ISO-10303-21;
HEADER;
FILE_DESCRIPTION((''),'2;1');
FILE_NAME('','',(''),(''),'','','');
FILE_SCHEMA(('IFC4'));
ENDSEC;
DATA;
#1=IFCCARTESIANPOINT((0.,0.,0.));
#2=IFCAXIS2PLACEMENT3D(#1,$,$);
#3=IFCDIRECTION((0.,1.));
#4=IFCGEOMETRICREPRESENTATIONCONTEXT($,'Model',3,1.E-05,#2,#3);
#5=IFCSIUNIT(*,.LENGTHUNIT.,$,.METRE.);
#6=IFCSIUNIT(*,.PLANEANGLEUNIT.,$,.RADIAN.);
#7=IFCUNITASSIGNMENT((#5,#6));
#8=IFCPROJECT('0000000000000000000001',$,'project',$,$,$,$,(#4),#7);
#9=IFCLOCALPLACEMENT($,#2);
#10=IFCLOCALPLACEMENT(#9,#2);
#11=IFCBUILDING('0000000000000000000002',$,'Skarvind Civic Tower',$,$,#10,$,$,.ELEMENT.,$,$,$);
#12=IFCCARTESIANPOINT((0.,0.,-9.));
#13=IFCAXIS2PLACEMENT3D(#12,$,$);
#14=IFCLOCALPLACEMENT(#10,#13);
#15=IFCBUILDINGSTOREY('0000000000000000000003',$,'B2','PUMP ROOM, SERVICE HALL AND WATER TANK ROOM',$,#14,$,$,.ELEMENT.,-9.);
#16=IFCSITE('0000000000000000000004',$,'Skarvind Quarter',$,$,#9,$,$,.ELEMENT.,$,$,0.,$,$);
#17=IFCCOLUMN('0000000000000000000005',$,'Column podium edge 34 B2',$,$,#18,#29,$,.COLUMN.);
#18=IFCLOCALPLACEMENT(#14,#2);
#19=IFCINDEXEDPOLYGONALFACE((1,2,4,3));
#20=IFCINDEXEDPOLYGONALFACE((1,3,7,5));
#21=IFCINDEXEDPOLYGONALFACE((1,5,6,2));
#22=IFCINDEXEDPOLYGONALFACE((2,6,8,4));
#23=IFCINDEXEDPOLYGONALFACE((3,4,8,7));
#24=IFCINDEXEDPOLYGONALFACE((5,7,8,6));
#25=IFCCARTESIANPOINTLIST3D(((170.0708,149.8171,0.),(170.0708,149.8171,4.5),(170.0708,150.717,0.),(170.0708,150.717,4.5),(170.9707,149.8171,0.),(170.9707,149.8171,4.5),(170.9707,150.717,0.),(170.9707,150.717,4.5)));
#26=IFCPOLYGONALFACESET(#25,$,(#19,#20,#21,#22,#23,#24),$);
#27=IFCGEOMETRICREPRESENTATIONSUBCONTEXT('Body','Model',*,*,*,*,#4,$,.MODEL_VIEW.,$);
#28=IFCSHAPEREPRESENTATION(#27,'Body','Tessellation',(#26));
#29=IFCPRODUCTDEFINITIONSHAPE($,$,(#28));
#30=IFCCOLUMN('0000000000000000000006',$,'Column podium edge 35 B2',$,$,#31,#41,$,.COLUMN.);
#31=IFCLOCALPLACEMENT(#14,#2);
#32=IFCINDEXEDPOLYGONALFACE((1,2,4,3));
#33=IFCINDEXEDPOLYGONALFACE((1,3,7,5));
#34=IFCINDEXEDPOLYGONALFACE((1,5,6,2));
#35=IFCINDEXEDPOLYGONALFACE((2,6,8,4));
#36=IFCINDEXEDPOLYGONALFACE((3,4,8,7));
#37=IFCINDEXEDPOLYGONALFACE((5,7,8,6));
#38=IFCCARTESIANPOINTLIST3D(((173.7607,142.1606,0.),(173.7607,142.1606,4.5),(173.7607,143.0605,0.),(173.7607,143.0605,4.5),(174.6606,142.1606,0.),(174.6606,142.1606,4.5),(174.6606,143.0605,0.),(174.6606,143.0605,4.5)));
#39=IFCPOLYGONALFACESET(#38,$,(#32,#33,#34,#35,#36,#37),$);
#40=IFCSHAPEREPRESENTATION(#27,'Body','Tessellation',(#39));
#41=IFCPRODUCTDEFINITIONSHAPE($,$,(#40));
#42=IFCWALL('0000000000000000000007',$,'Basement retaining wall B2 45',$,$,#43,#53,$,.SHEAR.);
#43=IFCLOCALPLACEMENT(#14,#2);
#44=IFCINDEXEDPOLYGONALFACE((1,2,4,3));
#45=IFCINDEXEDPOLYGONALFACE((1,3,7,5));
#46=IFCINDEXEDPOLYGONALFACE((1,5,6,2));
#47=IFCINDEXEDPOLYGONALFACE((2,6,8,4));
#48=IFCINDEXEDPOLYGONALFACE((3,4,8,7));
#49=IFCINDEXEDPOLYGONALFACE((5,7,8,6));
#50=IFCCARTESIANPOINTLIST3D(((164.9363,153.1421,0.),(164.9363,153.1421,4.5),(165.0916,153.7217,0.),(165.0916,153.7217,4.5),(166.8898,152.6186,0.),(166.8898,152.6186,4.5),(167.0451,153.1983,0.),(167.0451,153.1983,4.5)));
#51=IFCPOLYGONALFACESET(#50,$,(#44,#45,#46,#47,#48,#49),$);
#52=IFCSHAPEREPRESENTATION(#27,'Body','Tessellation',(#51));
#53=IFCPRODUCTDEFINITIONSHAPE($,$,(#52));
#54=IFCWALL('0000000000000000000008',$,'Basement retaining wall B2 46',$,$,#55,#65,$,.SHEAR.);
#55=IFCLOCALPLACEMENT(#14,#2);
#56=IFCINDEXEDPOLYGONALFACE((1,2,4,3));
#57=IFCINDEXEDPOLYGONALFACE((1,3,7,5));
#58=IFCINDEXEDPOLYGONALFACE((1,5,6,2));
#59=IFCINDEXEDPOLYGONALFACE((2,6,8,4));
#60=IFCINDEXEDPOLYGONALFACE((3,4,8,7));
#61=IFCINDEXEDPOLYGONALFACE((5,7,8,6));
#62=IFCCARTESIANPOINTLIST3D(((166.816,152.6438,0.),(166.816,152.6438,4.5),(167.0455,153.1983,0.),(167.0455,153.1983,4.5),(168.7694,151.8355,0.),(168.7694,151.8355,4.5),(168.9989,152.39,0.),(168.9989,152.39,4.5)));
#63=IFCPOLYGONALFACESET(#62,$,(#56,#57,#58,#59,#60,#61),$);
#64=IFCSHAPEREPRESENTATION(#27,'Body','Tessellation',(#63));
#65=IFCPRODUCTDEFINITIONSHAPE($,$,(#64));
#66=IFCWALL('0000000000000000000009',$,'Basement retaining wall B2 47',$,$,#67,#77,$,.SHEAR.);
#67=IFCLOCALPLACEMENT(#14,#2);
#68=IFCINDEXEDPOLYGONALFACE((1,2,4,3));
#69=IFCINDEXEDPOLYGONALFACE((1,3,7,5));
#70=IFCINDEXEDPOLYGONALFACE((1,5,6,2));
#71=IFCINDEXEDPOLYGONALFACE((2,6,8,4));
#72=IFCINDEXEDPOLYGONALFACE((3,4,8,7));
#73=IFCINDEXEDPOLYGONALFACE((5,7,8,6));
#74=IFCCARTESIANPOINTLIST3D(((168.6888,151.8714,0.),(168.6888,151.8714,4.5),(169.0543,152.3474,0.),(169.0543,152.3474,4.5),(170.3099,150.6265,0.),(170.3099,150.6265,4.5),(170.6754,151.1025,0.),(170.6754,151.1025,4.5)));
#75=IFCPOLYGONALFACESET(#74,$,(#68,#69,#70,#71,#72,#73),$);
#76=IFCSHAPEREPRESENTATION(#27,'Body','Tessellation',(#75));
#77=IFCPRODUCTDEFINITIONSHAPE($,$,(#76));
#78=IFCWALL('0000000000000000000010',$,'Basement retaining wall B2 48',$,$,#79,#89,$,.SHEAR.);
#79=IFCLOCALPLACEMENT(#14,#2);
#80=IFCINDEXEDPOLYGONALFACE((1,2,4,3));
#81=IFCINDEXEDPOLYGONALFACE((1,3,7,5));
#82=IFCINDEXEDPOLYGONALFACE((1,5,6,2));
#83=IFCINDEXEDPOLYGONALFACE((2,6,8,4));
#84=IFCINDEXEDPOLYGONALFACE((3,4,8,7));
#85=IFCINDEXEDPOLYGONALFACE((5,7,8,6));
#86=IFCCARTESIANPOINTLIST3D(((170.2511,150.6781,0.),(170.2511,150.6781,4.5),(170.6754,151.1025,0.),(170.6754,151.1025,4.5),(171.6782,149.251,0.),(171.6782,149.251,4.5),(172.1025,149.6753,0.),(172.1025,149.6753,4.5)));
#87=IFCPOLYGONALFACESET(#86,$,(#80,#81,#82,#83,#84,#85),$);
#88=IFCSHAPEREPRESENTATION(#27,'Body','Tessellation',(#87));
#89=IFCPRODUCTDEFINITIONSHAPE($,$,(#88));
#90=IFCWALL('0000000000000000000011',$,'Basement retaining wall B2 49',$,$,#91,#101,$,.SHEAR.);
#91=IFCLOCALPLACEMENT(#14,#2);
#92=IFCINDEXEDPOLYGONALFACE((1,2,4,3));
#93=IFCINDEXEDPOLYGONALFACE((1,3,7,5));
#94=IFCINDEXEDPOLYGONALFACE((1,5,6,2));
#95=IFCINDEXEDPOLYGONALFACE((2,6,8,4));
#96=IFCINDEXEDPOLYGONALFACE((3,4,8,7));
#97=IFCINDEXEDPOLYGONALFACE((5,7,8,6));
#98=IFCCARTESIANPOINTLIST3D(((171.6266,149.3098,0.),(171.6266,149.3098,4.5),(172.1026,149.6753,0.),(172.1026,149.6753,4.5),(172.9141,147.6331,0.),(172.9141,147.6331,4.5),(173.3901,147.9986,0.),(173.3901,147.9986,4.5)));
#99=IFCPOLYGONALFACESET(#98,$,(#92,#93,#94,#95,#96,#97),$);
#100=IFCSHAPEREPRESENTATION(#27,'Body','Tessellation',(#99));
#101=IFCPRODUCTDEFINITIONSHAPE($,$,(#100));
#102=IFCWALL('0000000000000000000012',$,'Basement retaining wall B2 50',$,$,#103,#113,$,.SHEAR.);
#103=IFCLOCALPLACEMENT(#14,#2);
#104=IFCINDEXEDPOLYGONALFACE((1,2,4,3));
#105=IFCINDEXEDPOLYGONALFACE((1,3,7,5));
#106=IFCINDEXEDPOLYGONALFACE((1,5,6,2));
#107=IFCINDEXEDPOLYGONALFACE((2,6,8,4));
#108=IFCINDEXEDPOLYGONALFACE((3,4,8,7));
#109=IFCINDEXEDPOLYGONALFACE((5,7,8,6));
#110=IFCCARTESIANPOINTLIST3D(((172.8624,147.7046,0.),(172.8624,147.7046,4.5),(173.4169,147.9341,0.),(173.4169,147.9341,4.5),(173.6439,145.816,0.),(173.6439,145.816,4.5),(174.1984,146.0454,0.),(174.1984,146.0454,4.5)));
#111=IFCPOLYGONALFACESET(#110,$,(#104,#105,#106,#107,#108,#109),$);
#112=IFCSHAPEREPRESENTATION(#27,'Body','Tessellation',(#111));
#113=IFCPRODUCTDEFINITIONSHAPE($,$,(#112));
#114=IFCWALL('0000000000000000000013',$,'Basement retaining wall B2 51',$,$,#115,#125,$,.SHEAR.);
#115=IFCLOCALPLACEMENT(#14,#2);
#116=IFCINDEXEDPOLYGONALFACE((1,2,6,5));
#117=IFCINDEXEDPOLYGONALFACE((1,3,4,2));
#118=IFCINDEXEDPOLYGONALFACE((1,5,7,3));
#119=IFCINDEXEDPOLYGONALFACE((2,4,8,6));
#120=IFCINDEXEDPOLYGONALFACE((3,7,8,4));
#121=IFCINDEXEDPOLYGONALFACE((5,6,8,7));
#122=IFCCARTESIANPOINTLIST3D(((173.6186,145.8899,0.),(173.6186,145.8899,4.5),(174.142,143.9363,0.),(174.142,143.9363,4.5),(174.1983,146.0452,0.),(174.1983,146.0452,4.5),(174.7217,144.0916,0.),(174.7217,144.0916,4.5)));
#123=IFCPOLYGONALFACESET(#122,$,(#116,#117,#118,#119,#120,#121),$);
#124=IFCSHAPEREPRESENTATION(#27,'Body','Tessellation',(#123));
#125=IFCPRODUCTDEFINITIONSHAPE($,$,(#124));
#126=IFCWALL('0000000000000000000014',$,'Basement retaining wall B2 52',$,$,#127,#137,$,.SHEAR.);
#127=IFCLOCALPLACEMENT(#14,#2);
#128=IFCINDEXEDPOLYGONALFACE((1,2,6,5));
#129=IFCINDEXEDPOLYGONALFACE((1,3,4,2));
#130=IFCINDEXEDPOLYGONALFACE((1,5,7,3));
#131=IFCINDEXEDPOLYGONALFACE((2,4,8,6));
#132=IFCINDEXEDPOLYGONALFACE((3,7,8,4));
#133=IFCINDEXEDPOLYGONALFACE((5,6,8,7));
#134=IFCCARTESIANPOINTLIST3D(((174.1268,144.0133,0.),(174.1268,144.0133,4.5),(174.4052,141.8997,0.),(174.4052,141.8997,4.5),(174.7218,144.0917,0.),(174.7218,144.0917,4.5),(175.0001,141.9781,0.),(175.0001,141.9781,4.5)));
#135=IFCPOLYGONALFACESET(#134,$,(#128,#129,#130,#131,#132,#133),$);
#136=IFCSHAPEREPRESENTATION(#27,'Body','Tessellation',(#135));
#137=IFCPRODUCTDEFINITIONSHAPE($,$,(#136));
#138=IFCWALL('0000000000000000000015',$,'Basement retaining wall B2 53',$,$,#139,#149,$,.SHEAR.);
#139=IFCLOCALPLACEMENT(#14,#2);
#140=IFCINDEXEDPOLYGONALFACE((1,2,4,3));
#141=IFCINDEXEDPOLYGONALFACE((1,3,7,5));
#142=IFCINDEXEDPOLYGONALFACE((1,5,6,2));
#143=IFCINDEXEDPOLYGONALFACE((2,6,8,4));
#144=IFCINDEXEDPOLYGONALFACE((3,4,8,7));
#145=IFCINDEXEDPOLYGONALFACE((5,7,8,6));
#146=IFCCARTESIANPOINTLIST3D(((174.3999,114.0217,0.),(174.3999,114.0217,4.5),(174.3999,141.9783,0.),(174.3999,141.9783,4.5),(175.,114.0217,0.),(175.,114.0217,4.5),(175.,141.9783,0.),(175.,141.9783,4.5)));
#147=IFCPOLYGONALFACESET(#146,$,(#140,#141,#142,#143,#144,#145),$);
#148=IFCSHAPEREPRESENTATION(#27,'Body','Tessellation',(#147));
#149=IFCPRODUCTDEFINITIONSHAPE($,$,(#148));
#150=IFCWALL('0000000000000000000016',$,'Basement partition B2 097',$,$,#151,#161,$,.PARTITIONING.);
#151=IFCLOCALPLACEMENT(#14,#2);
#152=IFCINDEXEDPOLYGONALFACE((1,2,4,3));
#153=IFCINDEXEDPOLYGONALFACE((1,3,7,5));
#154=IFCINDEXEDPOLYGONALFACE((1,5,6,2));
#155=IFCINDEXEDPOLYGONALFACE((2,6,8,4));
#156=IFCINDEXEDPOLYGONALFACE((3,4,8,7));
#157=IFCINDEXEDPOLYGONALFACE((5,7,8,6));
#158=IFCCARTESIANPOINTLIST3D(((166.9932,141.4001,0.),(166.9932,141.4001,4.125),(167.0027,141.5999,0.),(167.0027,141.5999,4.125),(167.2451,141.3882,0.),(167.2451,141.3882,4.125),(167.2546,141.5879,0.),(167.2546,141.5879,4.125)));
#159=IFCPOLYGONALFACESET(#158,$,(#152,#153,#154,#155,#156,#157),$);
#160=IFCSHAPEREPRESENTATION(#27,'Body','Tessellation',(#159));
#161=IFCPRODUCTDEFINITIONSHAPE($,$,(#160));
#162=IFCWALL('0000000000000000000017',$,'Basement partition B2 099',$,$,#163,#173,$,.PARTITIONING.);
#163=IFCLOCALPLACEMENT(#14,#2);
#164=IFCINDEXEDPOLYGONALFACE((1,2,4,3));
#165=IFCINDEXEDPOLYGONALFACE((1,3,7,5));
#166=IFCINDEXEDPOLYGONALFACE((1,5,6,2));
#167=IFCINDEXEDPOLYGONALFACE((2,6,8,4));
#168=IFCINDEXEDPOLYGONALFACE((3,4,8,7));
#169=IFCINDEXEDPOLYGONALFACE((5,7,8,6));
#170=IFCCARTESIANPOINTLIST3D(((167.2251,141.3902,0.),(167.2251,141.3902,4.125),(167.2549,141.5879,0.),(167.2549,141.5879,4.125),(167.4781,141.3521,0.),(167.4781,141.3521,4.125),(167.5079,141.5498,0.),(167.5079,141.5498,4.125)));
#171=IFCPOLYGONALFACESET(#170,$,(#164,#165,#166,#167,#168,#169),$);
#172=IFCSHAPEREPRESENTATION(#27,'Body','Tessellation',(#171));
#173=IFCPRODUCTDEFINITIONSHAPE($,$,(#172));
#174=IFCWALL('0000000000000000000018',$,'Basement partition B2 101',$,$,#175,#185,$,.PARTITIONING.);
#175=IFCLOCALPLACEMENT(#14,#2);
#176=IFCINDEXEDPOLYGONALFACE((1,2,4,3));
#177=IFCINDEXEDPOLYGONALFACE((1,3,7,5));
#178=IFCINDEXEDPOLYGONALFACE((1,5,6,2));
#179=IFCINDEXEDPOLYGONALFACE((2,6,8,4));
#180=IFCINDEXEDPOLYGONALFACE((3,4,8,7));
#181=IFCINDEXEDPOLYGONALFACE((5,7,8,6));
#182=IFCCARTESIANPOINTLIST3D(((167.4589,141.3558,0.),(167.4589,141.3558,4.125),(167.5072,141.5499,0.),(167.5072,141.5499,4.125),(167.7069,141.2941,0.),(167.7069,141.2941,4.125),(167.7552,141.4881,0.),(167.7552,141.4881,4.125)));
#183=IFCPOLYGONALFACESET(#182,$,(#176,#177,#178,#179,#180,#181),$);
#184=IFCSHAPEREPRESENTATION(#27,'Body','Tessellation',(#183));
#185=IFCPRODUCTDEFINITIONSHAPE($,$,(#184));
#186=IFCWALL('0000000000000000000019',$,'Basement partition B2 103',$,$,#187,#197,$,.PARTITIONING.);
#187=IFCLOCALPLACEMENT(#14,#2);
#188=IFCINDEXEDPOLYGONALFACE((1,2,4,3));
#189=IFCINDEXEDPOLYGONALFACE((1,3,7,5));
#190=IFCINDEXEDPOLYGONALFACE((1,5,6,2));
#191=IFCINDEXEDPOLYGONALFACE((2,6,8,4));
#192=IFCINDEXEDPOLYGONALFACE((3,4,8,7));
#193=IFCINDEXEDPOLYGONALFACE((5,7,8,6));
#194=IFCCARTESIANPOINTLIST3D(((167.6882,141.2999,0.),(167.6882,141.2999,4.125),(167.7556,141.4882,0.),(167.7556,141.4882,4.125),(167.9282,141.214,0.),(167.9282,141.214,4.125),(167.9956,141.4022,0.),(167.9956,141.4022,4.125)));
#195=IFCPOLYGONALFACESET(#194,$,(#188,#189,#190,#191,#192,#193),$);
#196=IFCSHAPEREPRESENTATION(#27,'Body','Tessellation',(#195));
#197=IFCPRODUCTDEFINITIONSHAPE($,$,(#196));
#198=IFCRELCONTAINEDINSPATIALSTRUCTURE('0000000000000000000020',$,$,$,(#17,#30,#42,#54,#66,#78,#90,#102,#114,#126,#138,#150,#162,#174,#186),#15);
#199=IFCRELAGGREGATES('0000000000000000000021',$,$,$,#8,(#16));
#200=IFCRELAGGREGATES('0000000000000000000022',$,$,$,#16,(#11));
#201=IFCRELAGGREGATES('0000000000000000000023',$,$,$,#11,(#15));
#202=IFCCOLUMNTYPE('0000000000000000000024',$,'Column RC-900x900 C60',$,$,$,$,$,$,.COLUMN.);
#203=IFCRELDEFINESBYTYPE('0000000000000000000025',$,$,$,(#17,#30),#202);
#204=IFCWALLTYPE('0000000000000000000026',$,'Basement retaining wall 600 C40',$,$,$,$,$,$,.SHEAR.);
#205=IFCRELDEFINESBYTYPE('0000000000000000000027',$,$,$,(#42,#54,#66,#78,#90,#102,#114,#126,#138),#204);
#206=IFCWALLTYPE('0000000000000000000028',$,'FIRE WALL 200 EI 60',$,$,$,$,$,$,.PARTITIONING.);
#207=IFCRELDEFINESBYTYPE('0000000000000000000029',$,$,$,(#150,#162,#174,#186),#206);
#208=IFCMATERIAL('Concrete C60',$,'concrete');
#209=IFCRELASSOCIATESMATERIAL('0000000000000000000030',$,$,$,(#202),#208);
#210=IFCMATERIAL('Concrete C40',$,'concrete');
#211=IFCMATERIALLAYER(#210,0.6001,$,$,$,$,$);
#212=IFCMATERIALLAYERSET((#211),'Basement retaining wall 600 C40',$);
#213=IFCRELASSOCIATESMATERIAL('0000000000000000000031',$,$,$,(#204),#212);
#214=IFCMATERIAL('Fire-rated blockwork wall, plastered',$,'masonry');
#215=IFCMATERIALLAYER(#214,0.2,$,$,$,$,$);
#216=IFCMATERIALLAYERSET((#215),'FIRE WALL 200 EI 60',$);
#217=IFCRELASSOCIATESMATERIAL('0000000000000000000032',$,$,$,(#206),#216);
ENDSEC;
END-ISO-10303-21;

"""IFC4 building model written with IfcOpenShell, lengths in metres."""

from ifc_helpers import new_model, si_unit, direction, frame, frame_2d, origin, origin_2d, place, context, subcontext, project, spatial, rectangle, extrude, material, layer, layer_set, material_profile, profile_set, type_object, element, save


model = new_model("IFC4")

# Units and contexts
model_context = context("Model", 3, precision=1e-05, world=origin(), true_north=direction((0.0, 1.0)))
body_context = subcontext(model_context, "Body", "Model", "MODEL_VIEW")
ifc_project = project(units=[si_unit("LENGTHUNIT", "METRE"), si_unit("PLANEANGLEUNIT", "RADIAN")], contexts=[model_context])

# Site, building, storey
site_placement = place(None, origin())
site = spatial("IfcSite", under=ifc_project, at=site_placement, Name="Skarvind Quarter", CompositionType="ELEMENT", RefElevation=0.0)
building_placement = place(site_placement, origin())
building = spatial("IfcBuilding", under=site, at=building_placement, Name="Skarvind Civic Tower", CompositionType="ELEMENT")
storey_placement = place(building_placement, frame((0.0, 0.0, -9.0)))
storey = spatial("IfcBuildingStorey", under=building, at=storey_placement, Name="B2", Description="PUMP ROOM, SERVICE HALL AND WATER TANK ROOM", CompositionType="ELEMENT", Elevation=-9.0)

# Shared definitions
ifc_material_1 = material(Name="Concrete C40", Category="concrete")

# Columns
ifc_material_2 = material(Name="Concrete C60", Category="concrete")
ifc_material_profile_1 = material_profile(ifc_material_2, rectangle(XDim=0.8999, YDim=0.8999, at=origin_2d()), Name="RC-900x900")
ifc_profile_set_1 = profile_set([ifc_material_profile_1], Name="Concrete C60")
column_type_1 = type_object("IfcColumnType", Name="Column RC-900x900 C60", PredefinedType="COLUMN", material=ifc_profile_set_1)
for number, where, z_axis, x_axis, name in (
    (1, (170.5208, 150.2671, 0.0), (0.0, 0.0, 1.0), (1.0, 0.0, 0.0), "Column podium edge 34 B2"),
    (2, (174.2107, 142.6106, 0.0), (0.0, 0.0, 1.0), (1.0, 0.0, 0.0), "Column podium edge 35 B2"),
):
    element("IfcColumn", number, at=place(storey_placement, frame(where, z_axis=z_axis, x_axis=x_axis)), inside=storey, type_object=column_type_1, Name=name, PredefinedType="COLUMN", context=body_context, shape_type="SweptSolid", body=[
        extrude(rectangle(XDim=0.8999, YDim=0.8999, at=origin_2d()), origin(), (0.0, 0.0, 1.0), 4.5),
    ])

# Walls
ifc_layer_1 = layer(ifc_material_1, 0.6001)
ifc_layer_set_1 = layer_set([ifc_layer_1], Name="Basement retaining wall 600 C40")
wall_type_1 = type_object("IfcWallType", Name="Basement retaining wall 600 C40", PredefinedType="SHEAR", material=ifc_layer_set_1)
wall_1_placement = place(storey_placement, frame((165.0139, 153.4319, 0.0), z_axis=(0.0, 0.0, 1.0), x_axis=(0.96593, -0.258804, 0.0)))
element("IfcWall", 3, at=wall_1_placement, inside=storey, type_object=wall_type_1, Name="Basement retaining wall B2 45", PredefinedType="SHEAR", context=body_context, shape_type="SweptSolid", body=[
    extrude(rectangle(XDim=2.0225, YDim=0.6001, at=frame_2d((1.0112, 0.0))), origin(), (0.0, 0.0, 1.0), 4.5),
])
wall_2_placement = place(storey_placement, frame((166.9307, 152.9211, 0.0), z_axis=(0.0, 0.0, 1.0), x_axis=(0.924007, -0.382376, 0.0)))
element("IfcWall", 4, at=wall_2_placement, inside=storey, type_object=wall_type_1, Name="Basement retaining wall B2 46", PredefinedType="SHEAR", context=body_context, shape_type="SweptSolid", body=[
    extrude(rectangle(XDim=2.114, YDim=0.6001, at=frame_2d((1.0571, 0.0))), origin(), (0.0, 0.0, 1.0), 4.5),
])
wall_3_placement = place(storey_placement, frame((168.8716, 152.1094, 0.0), z_axis=(0.0, 0.0, 1.0), x_axis=(0.793125, -0.609058, 0.0)))
element("IfcWall", 5, at=wall_3_placement, inside=storey, type_object=wall_type_1, Name="Basement retaining wall B2 47", PredefinedType="SHEAR", context=body_context, shape_type="SweptSolid", body=[
    extrude(rectangle(XDim=2.0439, YDim=0.6001, at=frame_2d((1.022, 0.0))), origin(), (0.0, 0.0, 1.0), 4.5),
])
wall_4_placement = place(storey_placement, frame((170.4631, 150.8904, 0.0), z_axis=(0.0, 0.0, 1.0), x_axis=(0.707107, -0.707107, 0.0)))
element("IfcWall", 6, at=wall_4_placement, inside=storey, type_object=wall_type_1, Name="Basement retaining wall B2 48", PredefinedType="SHEAR", context=body_context, shape_type="SweptSolid", body=[
    extrude(rectangle(XDim=2.0183, YDim=0.6001, at=frame_2d((1.0093, 0.0))), origin(), (0.0, 0.0, 1.0), 4.5),
])
wall_5_placement = place(storey_placement, frame((171.8645, 149.4927, 0.0), z_axis=(0.0, 0.0, 1.0), x_axis=(0.609052, -0.79313, 0.0)))
element("IfcWall", 7, at=wall_5_placement, inside=storey, type_object=wall_type_1, Name="Basement retaining wall B2 49", PredefinedType="SHEAR", context=body_context, shape_type="SweptSolid", body=[
    extrude(rectangle(XDim=2.114, YDim=0.6001, at=frame_2d((1.0571, 0.0))), origin(), (0.0, 0.0, 1.0), 4.5),
])
wall_6_placement = place(storey_placement, frame((173.1396, 147.8193, 0.0), z_axis=(0.0, 0.0, 1.0), x_axis=(0.382341, -0.924021, 0.0)))
element("IfcWall", 8, at=wall_6_placement, inside=storey, type_object=wall_type_1, Name="Basement retaining wall B2 50", PredefinedType="SHEAR", context=body_context, shape_type="SweptSolid", body=[
    extrude(rectangle(XDim=2.0439, YDim=0.6001, at=frame_2d((1.022, 0.0))), origin(), (0.0, 0.0, 1.0), 4.5),
])
wall_7_placement = place(storey_placement, frame((173.9084, 145.9675, 0.0), z_axis=(0.0, 0.0, 1.0), x_axis=(0.258804, -0.96593, 0.0)))
element("IfcWall", 9, at=wall_7_placement, inside=storey, type_object=wall_type_1, Name="Basement retaining wall B2 51", PredefinedType="SHEAR", context=body_context, shape_type="SweptSolid", body=[
    extrude(rectangle(XDim=2.0225, YDim=0.6001, at=frame_2d((1.0112, 0.0))), origin(), (0.0, 0.0, 1.0), 4.5),
])
wall_8_placement = place(storey_placement, frame((174.4243, 144.0525, 0.0), z_axis=(0.0, 0.0, 1.0), x_axis=(0.130558, -0.991441, 0.0)))
element("IfcWall", 10, at=wall_8_placement, inside=storey, type_object=wall_type_1, Name="Basement retaining wall B2 52", PredefinedType="SHEAR", context=body_context, shape_type="SweptSolid", body=[
    extrude(rectangle(XDim=2.1318, YDim=0.6001, at=frame_2d((1.0659, 0.0))), origin(), (0.0, 0.0, 1.0), 4.5),
])
wall_9_placement = place(storey_placement, frame((174.7, 141.9783, 0.0), z_axis=(0.0, 0.0, 1.0), x_axis=(0.0, -1.0, 0.0)))
element("IfcWall", 11, at=wall_9_placement, inside=storey, type_object=wall_type_1, Name="Basement retaining wall B2 53", PredefinedType="SHEAR", context=body_context, shape_type="SweptSolid", body=[
    extrude(rectangle(XDim=27.9565, YDim=0.6001, at=frame_2d((13.9783, 0.0))), origin(), (0.0, 0.0, 1.0), 4.5),
])
ifc_material_3 = material(Name="Fire-rated blockwork wall, plastered", Category="masonry")
ifc_layer_2 = layer(ifc_material_3, 0.2)
ifc_layer_set_2 = layer_set([ifc_layer_2], Name="FIRE WALL 200 EI 60")
wall_type_2 = type_object("IfcWallType", Name="FIRE WALL 200 EI 60", PredefinedType="PARTITIONING", material=ifc_layer_set_2)
wall_10_placement = place(storey_placement, frame((166.998, 141.5, 0.0), z_axis=(0.0, 0.0, 1.0), x_axis=(0.998875, -0.047427, 0.0)))
element("IfcWall", 12, at=wall_10_placement, inside=storey, type_object=wall_type_2, Name="Basement partition B2 097", PredefinedType="PARTITIONING", context=body_context, shape_type="SweptSolid", body=[
    extrude(rectangle(XDim=0.2522, YDim=0.2, at=frame_2d((0.126, 0.0))), origin(), (0.0, 0.0, 1.0), 4.125),
])
wall_11_placement = place(storey_placement, frame((167.24, 141.489, 0.0), z_axis=(0.0, 0.0, 1.0), x_axis=(0.988852, -0.148901, 0.0)))
element("IfcWall", 13, at=wall_11_placement, inside=storey, type_object=wall_type_2, Name="Basement partition B2 099", PredefinedType="PARTITIONING", context=body_context, shape_type="SweptSolid", body=[
    extrude(rectangle(XDim=0.2559, YDim=0.2, at=frame_2d((0.1279, 0.0))), origin(), (0.0, 0.0, 1.0), 4.125),
])
wall_12_placement = place(storey_placement, frame((167.4829, 141.4529, 0.0), z_axis=(0.0, 0.0, 1.0), x_axis=(0.970367, -0.241637, 0.0)))
element("IfcWall", 14, at=wall_12_placement, inside=storey, type_object=wall_type_2, Name="Basement partition B2 101", PredefinedType="PARTITIONING", context=body_context, shape_type="SweptSolid", body=[
    extrude(rectangle(XDim=0.2556, YDim=0.2, at=frame_2d((0.1279, 0.0))), origin(), (0.0, 0.0, 1.0), 4.125),
])
wall_13_placement = place(storey_placement, frame((167.7219, 141.394, 0.0), z_axis=(0.0, 0.0, 1.0), x_axis=(0.94146, -0.337125, 0.0)))
element("IfcWall", 15, at=wall_13_placement, inside=storey, type_object=wall_type_2, Name="Basement partition B2 103", PredefinedType="PARTITIONING", context=body_context, shape_type="SweptSolid", body=[
    extrude(rectangle(XDim=0.2549, YDim=0.2, at=frame_2d((0.1274, 0.0))), origin(), (0.0, 0.0, 1.0), 4.125),
])

save(model, "model.ifc")
